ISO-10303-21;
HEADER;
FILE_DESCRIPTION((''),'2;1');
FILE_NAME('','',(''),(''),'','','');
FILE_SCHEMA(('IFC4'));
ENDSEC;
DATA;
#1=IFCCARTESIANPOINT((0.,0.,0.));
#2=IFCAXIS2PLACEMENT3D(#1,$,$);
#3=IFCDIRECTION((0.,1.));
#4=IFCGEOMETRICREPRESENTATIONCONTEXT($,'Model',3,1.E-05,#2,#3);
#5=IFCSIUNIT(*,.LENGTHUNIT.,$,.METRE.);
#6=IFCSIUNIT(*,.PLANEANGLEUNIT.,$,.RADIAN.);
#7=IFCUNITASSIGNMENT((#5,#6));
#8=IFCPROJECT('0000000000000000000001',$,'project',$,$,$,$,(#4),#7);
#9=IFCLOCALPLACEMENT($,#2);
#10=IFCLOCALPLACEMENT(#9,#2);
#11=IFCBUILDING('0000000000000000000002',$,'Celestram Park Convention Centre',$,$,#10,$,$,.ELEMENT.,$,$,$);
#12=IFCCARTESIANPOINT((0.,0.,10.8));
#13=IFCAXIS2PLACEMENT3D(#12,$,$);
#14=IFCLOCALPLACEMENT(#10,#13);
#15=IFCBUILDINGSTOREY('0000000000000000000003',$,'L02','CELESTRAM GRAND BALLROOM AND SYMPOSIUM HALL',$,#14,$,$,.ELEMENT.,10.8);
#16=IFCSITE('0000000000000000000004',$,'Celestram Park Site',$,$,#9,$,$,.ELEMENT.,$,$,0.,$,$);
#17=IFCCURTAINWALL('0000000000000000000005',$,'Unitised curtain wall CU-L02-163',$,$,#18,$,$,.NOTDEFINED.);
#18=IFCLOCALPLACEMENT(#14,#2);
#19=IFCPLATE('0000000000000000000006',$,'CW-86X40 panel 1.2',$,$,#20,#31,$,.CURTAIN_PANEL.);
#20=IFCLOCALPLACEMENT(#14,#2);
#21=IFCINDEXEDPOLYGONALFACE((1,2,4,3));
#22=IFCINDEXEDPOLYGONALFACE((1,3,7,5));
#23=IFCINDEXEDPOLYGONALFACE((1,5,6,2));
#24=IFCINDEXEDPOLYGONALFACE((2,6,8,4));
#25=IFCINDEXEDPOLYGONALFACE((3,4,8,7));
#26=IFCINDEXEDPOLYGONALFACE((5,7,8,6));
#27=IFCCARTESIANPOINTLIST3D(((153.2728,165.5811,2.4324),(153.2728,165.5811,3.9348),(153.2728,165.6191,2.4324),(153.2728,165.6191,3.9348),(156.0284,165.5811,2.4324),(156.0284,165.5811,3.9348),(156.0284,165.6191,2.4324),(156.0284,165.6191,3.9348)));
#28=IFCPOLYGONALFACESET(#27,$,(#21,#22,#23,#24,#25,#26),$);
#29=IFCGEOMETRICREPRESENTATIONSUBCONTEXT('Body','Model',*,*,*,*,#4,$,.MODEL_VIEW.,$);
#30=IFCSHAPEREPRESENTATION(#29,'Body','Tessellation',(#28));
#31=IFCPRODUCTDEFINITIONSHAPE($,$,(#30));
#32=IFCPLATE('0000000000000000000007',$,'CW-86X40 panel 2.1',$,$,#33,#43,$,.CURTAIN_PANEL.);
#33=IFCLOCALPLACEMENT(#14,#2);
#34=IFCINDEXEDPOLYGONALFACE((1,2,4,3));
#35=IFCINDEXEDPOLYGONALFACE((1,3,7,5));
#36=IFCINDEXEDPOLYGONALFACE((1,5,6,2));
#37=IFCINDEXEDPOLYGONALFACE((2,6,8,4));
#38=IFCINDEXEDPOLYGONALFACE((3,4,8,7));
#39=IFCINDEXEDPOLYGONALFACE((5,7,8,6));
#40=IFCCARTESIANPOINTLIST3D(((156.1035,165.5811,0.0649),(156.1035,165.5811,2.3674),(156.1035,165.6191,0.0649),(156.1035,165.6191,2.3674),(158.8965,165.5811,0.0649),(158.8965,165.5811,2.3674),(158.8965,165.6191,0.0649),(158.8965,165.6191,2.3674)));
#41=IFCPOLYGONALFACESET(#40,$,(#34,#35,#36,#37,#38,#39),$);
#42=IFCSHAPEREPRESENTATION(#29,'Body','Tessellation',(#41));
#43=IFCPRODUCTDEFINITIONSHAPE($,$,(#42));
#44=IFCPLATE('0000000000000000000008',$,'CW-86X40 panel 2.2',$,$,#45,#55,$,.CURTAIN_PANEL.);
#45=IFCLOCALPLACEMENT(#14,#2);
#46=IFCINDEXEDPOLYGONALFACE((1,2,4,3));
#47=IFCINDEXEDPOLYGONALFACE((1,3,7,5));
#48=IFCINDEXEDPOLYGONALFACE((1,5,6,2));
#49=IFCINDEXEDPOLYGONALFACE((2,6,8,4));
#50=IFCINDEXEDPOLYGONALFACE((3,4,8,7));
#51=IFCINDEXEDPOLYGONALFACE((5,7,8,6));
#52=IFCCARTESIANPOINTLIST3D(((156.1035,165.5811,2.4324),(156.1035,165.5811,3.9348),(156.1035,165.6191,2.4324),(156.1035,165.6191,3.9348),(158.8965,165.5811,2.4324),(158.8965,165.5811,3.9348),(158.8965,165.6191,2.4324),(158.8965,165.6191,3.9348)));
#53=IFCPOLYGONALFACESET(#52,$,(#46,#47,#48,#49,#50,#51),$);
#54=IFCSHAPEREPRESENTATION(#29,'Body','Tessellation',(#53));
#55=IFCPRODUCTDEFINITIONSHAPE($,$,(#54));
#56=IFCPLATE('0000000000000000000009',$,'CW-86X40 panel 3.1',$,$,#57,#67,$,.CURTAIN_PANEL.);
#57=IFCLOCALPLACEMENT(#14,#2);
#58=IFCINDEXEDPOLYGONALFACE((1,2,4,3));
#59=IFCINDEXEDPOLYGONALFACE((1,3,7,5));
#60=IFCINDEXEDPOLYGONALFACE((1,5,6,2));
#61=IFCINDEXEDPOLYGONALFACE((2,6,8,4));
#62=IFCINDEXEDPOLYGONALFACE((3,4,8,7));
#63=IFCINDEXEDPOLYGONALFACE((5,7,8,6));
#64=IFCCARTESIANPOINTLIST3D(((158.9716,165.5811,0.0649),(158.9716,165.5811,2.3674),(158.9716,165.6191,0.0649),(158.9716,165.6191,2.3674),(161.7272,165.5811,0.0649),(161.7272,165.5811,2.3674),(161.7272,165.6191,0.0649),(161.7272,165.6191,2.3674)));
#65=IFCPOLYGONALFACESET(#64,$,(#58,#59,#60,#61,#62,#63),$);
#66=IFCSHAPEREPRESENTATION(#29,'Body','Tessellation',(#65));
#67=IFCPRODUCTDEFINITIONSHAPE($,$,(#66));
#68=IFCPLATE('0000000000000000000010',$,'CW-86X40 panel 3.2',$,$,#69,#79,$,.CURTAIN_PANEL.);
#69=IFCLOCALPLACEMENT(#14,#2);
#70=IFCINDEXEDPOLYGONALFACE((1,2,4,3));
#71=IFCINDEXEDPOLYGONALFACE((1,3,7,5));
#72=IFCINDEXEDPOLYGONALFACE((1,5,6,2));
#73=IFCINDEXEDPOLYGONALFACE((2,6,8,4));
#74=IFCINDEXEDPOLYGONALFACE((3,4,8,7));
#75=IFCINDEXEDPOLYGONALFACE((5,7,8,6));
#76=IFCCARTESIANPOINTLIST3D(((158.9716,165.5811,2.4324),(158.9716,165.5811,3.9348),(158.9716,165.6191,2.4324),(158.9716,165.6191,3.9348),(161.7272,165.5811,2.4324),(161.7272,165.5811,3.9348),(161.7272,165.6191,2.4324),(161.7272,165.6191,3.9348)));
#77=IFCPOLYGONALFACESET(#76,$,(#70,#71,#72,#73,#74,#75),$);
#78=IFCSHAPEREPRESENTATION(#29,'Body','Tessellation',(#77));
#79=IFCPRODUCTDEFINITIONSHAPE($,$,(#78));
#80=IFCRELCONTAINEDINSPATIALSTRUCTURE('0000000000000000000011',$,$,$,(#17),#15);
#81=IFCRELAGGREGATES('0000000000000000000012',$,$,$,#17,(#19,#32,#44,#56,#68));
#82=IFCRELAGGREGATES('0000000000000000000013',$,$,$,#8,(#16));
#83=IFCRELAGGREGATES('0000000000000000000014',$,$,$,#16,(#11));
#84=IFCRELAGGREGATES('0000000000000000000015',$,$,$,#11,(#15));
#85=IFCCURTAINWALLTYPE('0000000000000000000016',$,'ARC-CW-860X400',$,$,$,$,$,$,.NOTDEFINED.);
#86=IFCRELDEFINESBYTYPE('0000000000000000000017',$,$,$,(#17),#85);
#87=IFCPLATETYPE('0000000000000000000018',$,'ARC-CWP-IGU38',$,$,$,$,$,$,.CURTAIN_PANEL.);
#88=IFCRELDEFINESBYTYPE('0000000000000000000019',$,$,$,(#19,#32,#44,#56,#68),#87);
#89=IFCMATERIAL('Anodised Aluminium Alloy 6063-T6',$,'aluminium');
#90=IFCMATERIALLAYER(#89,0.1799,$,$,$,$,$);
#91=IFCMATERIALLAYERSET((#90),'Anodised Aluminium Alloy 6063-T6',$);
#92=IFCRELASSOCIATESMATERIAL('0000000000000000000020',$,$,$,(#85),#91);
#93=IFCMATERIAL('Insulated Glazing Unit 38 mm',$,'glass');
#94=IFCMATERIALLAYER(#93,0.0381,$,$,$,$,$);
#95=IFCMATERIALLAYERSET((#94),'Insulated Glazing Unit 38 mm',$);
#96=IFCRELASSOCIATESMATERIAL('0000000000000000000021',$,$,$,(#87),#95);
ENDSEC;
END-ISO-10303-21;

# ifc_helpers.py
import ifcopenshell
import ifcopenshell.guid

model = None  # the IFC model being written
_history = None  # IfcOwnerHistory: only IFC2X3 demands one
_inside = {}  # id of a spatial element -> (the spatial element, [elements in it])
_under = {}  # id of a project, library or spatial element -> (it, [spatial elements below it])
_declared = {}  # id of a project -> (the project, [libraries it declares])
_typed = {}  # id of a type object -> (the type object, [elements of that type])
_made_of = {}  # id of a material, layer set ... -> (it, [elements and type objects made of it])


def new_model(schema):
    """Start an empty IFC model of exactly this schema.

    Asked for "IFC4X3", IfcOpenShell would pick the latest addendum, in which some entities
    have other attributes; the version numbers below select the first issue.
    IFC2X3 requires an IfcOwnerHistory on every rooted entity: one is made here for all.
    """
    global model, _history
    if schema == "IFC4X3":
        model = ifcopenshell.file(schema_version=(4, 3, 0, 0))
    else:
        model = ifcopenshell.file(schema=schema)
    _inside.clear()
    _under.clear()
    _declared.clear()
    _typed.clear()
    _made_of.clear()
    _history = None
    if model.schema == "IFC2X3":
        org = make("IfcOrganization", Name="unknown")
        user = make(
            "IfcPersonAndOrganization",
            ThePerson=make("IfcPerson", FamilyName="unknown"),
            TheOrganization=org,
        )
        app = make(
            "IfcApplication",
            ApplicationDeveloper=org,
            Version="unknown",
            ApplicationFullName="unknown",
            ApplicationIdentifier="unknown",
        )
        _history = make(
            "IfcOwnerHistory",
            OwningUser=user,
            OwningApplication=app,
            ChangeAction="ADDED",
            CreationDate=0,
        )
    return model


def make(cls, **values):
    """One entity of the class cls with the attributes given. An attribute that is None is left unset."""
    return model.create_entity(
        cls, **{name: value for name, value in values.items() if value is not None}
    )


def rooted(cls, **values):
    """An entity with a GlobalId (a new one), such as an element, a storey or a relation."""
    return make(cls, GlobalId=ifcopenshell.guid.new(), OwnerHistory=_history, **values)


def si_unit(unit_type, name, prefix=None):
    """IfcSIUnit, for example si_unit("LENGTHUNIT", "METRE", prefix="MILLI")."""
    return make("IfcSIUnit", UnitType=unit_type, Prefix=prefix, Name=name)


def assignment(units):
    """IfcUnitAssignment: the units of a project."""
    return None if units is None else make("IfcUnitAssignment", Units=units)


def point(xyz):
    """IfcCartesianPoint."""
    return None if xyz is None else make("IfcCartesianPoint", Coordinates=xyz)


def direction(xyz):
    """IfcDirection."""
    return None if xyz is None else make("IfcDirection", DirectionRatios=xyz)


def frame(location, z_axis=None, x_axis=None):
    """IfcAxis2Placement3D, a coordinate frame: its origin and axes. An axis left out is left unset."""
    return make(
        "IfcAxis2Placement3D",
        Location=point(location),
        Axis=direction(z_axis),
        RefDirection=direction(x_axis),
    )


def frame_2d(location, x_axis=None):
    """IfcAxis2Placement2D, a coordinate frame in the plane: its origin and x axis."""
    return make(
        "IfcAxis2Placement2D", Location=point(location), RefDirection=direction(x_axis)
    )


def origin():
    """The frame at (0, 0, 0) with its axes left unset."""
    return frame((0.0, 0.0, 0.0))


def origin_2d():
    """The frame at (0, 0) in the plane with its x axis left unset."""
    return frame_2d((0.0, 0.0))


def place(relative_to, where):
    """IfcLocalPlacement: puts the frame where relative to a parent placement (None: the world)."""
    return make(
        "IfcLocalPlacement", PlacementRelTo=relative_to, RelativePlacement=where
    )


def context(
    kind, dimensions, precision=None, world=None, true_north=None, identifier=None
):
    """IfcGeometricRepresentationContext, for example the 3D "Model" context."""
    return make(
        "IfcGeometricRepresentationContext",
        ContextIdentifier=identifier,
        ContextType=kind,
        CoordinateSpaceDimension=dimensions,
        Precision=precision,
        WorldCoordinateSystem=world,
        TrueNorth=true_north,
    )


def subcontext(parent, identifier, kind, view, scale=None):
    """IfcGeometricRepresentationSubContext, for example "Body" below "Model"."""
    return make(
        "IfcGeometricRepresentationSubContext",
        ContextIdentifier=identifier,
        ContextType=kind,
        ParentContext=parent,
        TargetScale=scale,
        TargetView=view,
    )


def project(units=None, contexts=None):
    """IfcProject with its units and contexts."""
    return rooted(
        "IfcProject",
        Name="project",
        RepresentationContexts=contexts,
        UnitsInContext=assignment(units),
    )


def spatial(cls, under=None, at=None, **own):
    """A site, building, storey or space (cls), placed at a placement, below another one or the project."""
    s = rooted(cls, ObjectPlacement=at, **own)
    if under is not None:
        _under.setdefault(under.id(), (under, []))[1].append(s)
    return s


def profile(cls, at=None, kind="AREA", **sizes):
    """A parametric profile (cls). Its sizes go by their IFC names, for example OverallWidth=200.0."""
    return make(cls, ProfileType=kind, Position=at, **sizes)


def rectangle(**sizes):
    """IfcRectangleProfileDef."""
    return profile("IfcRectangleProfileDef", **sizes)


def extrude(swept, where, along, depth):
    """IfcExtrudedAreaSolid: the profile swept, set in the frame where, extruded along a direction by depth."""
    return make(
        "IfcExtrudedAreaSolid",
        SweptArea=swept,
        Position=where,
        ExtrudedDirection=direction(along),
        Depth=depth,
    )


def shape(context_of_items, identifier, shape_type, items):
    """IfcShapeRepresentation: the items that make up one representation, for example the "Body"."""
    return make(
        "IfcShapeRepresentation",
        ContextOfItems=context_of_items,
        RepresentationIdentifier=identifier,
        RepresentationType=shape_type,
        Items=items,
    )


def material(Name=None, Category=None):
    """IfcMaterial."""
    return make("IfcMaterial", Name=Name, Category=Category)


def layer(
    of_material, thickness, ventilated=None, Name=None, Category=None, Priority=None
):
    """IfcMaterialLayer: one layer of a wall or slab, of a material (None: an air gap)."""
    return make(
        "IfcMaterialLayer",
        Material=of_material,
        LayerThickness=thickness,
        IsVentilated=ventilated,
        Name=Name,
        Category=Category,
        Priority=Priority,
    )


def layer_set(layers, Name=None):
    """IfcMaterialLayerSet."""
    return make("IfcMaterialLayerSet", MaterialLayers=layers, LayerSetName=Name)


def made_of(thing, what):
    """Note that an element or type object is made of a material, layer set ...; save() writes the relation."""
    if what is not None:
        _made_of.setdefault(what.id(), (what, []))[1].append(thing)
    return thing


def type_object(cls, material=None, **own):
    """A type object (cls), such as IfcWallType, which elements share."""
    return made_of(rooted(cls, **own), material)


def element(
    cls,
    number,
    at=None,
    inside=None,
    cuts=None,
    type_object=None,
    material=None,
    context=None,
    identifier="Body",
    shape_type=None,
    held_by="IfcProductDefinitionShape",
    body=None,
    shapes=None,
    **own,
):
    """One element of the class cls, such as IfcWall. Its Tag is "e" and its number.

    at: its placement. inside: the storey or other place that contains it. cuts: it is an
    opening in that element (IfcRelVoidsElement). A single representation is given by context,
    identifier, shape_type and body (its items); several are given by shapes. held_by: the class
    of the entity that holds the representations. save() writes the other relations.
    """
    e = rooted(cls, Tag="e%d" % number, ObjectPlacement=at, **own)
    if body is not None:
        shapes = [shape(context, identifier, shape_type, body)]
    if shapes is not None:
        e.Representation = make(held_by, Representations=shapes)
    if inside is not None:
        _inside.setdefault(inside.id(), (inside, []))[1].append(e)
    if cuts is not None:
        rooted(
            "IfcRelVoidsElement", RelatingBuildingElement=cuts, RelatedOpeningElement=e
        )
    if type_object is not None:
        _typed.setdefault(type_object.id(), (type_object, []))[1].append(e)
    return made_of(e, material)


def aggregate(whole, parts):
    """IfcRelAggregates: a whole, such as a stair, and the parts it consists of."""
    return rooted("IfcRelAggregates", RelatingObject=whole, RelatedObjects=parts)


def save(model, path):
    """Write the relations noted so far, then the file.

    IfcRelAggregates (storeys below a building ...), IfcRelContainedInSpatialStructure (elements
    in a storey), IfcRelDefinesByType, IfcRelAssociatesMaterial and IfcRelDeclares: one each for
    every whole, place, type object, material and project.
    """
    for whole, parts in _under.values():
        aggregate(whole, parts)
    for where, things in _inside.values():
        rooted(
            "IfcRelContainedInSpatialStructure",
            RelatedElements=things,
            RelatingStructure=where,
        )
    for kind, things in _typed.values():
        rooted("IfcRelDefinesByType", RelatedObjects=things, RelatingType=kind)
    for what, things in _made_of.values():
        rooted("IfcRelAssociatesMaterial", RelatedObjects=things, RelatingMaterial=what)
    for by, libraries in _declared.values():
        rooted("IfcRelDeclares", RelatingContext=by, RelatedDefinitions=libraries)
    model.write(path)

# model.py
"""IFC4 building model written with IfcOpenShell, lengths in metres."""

from ifc_helpers import new_model, si_unit, direction, frame, origin, origin_2d, place, context, subcontext, project, spatial, rectangle, extrude, material, layer, layer_set, type_object, element, aggregate, save


model = new_model("IFC4")

# Units and contexts
model_context = context("Model", 3, precision=1e-05, world=origin(), true_north=direction((0.0, 1.0)))
body_context = subcontext(model_context, "Body", "Model", "MODEL_VIEW")
ifc_project = project(units=[si_unit("LENGTHUNIT", "METRE"), si_unit("PLANEANGLEUNIT", "RADIAN")], contexts=[model_context])

# Site, building, storey
site_placement = place(None, origin())
site = spatial("IfcSite", under=ifc_project, at=site_placement, Name="Celestram Park Site", CompositionType="ELEMENT", RefElevation=0.0)
building_placement = place(site_placement, origin())
building = spatial("IfcBuilding", under=site, at=building_placement, Name="Celestram Park Convention Centre", CompositionType="ELEMENT")
storey_placement = place(building_placement, frame((0.0, 0.0, 10.8)))
storey = spatial("IfcBuildingStorey", under=building, at=storey_placement, Name="L02", Description="CELESTRAM GRAND BALLROOM AND SYMPOSIUM HALL", CompositionType="ELEMENT", Elevation=10.8)

# Curtain wall
ifc_material_1 = material(Name="Anodised Aluminium Alloy 6063-T6", Category="aluminium")
ifc_layer_1 = layer(ifc_material_1, 0.1799)
ifc_layer_set_1 = layer_set([ifc_layer_1], Name="Anodised Aluminium Alloy 6063-T6")
curtain_wall_type_1 = type_object("IfcCurtainWallType", Name="ARC-CW-860X400", PredefinedType="NOTDEFINED", material=ifc_layer_set_1)
curtain_wall_1_placement = place(storey_placement, origin())
curtain_wall_1 = element("IfcCurtainWall", 1, at=curtain_wall_1_placement, inside=storey, type_object=curtain_wall_type_1, Name="Unitised curtain wall CU-L02-163", PredefinedType="NOTDEFINED")

# Plates
ifc_material_2 = material(Name="Insulated Glazing Unit 38 mm", Category="glass")
ifc_layer_2 = layer(ifc_material_2, 0.0381)
ifc_layer_set_2 = layer_set([ifc_layer_2], Name="Insulated Glazing Unit 38 mm")
plate_type = type_object("IfcPlateType", Name="ARC-CWP-IGU38", PredefinedType="CURTAIN_PANEL", material=ifc_layer_set_2)
plate_1_placement = place(storey_placement, frame((154.6506, 165.6001, 2.4324), z_axis=(0.0, 0.0, 1.0), x_axis=(1.0, 0.0, 0.0)))
plate_1 = element("IfcPlate", 2, at=plate_1_placement, type_object=plate_type, Name="CW-86X40 panel 1.2", PredefinedType="CURTAIN_PANEL", context=body_context, shape_type="SweptSolid", body=[
    extrude(rectangle(XDim=2.7556, YDim=0.0381, at=origin_2d()), origin(), (0.0, 0.0, 1.0), 1.5024),
])
plate_2_placement = place(storey_placement, frame((157.5, 165.6001, 0.0649), z_axis=(0.0, 0.0, 1.0), x_axis=(1.0, 0.0, 0.0)))
plate_2 = element("IfcPlate", 3, at=plate_2_placement, type_object=plate_type, Name="CW-86X40 panel 2.1", PredefinedType="CURTAIN_PANEL", context=body_context, shape_type="SweptSolid", body=[
    extrude(rectangle(XDim=2.793, YDim=0.0381, at=origin_2d()), origin(), (0.0, 0.0, 1.0), 2.3025),
])
plate_3_placement = place(storey_placement, frame((157.5, 165.6001, 2.4324), z_axis=(0.0, 0.0, 1.0), x_axis=(1.0, 0.0, 0.0)))
plate_3 = element("IfcPlate", 4, at=plate_3_placement, type_object=plate_type, Name="CW-86X40 panel 2.2", PredefinedType="CURTAIN_PANEL", context=body_context, shape_type="SweptSolid", body=[
    extrude(rectangle(XDim=2.793, YDim=0.0381, at=origin_2d()), origin(), (0.0, 0.0, 1.0), 1.5024),
])
plate_4_placement = place(storey_placement, frame((160.3494, 165.6001, 0.0649), z_axis=(0.0, 0.0, 1.0), x_axis=(1.0, 0.0, 0.0)))
plate_4 = element("IfcPlate", 5, at=plate_4_placement, type_object=plate_type, Name="CW-86X40 panel 3.1", PredefinedType="CURTAIN_PANEL", context=body_context, shape_type="SweptSolid", body=[
    extrude(rectangle(XDim=2.7556, YDim=0.0381, at=origin_2d()), origin(), (0.0, 0.0, 1.0), 2.3025),
])
plate_5_placement = place(storey_placement, frame((160.3494, 165.6001, 2.4324), z_axis=(0.0, 0.0, 1.0), x_axis=(1.0, 0.0, 0.0)))
plate_5 = element("IfcPlate", 6, at=plate_5_placement, type_object=plate_type, Name="CW-86X40 panel 3.2", PredefinedType="CURTAIN_PANEL", context=body_context, shape_type="SweptSolid", body=[
    extrude(rectangle(XDim=2.7556, YDim=0.0381, at=origin_2d()), origin(), (0.0, 0.0, 1.0), 1.5024),
])
aggregate(curtain_wall_1, [plate_1, plate_2, plate_3, plate_4, plate_5])

save(model, "model.ifc")
